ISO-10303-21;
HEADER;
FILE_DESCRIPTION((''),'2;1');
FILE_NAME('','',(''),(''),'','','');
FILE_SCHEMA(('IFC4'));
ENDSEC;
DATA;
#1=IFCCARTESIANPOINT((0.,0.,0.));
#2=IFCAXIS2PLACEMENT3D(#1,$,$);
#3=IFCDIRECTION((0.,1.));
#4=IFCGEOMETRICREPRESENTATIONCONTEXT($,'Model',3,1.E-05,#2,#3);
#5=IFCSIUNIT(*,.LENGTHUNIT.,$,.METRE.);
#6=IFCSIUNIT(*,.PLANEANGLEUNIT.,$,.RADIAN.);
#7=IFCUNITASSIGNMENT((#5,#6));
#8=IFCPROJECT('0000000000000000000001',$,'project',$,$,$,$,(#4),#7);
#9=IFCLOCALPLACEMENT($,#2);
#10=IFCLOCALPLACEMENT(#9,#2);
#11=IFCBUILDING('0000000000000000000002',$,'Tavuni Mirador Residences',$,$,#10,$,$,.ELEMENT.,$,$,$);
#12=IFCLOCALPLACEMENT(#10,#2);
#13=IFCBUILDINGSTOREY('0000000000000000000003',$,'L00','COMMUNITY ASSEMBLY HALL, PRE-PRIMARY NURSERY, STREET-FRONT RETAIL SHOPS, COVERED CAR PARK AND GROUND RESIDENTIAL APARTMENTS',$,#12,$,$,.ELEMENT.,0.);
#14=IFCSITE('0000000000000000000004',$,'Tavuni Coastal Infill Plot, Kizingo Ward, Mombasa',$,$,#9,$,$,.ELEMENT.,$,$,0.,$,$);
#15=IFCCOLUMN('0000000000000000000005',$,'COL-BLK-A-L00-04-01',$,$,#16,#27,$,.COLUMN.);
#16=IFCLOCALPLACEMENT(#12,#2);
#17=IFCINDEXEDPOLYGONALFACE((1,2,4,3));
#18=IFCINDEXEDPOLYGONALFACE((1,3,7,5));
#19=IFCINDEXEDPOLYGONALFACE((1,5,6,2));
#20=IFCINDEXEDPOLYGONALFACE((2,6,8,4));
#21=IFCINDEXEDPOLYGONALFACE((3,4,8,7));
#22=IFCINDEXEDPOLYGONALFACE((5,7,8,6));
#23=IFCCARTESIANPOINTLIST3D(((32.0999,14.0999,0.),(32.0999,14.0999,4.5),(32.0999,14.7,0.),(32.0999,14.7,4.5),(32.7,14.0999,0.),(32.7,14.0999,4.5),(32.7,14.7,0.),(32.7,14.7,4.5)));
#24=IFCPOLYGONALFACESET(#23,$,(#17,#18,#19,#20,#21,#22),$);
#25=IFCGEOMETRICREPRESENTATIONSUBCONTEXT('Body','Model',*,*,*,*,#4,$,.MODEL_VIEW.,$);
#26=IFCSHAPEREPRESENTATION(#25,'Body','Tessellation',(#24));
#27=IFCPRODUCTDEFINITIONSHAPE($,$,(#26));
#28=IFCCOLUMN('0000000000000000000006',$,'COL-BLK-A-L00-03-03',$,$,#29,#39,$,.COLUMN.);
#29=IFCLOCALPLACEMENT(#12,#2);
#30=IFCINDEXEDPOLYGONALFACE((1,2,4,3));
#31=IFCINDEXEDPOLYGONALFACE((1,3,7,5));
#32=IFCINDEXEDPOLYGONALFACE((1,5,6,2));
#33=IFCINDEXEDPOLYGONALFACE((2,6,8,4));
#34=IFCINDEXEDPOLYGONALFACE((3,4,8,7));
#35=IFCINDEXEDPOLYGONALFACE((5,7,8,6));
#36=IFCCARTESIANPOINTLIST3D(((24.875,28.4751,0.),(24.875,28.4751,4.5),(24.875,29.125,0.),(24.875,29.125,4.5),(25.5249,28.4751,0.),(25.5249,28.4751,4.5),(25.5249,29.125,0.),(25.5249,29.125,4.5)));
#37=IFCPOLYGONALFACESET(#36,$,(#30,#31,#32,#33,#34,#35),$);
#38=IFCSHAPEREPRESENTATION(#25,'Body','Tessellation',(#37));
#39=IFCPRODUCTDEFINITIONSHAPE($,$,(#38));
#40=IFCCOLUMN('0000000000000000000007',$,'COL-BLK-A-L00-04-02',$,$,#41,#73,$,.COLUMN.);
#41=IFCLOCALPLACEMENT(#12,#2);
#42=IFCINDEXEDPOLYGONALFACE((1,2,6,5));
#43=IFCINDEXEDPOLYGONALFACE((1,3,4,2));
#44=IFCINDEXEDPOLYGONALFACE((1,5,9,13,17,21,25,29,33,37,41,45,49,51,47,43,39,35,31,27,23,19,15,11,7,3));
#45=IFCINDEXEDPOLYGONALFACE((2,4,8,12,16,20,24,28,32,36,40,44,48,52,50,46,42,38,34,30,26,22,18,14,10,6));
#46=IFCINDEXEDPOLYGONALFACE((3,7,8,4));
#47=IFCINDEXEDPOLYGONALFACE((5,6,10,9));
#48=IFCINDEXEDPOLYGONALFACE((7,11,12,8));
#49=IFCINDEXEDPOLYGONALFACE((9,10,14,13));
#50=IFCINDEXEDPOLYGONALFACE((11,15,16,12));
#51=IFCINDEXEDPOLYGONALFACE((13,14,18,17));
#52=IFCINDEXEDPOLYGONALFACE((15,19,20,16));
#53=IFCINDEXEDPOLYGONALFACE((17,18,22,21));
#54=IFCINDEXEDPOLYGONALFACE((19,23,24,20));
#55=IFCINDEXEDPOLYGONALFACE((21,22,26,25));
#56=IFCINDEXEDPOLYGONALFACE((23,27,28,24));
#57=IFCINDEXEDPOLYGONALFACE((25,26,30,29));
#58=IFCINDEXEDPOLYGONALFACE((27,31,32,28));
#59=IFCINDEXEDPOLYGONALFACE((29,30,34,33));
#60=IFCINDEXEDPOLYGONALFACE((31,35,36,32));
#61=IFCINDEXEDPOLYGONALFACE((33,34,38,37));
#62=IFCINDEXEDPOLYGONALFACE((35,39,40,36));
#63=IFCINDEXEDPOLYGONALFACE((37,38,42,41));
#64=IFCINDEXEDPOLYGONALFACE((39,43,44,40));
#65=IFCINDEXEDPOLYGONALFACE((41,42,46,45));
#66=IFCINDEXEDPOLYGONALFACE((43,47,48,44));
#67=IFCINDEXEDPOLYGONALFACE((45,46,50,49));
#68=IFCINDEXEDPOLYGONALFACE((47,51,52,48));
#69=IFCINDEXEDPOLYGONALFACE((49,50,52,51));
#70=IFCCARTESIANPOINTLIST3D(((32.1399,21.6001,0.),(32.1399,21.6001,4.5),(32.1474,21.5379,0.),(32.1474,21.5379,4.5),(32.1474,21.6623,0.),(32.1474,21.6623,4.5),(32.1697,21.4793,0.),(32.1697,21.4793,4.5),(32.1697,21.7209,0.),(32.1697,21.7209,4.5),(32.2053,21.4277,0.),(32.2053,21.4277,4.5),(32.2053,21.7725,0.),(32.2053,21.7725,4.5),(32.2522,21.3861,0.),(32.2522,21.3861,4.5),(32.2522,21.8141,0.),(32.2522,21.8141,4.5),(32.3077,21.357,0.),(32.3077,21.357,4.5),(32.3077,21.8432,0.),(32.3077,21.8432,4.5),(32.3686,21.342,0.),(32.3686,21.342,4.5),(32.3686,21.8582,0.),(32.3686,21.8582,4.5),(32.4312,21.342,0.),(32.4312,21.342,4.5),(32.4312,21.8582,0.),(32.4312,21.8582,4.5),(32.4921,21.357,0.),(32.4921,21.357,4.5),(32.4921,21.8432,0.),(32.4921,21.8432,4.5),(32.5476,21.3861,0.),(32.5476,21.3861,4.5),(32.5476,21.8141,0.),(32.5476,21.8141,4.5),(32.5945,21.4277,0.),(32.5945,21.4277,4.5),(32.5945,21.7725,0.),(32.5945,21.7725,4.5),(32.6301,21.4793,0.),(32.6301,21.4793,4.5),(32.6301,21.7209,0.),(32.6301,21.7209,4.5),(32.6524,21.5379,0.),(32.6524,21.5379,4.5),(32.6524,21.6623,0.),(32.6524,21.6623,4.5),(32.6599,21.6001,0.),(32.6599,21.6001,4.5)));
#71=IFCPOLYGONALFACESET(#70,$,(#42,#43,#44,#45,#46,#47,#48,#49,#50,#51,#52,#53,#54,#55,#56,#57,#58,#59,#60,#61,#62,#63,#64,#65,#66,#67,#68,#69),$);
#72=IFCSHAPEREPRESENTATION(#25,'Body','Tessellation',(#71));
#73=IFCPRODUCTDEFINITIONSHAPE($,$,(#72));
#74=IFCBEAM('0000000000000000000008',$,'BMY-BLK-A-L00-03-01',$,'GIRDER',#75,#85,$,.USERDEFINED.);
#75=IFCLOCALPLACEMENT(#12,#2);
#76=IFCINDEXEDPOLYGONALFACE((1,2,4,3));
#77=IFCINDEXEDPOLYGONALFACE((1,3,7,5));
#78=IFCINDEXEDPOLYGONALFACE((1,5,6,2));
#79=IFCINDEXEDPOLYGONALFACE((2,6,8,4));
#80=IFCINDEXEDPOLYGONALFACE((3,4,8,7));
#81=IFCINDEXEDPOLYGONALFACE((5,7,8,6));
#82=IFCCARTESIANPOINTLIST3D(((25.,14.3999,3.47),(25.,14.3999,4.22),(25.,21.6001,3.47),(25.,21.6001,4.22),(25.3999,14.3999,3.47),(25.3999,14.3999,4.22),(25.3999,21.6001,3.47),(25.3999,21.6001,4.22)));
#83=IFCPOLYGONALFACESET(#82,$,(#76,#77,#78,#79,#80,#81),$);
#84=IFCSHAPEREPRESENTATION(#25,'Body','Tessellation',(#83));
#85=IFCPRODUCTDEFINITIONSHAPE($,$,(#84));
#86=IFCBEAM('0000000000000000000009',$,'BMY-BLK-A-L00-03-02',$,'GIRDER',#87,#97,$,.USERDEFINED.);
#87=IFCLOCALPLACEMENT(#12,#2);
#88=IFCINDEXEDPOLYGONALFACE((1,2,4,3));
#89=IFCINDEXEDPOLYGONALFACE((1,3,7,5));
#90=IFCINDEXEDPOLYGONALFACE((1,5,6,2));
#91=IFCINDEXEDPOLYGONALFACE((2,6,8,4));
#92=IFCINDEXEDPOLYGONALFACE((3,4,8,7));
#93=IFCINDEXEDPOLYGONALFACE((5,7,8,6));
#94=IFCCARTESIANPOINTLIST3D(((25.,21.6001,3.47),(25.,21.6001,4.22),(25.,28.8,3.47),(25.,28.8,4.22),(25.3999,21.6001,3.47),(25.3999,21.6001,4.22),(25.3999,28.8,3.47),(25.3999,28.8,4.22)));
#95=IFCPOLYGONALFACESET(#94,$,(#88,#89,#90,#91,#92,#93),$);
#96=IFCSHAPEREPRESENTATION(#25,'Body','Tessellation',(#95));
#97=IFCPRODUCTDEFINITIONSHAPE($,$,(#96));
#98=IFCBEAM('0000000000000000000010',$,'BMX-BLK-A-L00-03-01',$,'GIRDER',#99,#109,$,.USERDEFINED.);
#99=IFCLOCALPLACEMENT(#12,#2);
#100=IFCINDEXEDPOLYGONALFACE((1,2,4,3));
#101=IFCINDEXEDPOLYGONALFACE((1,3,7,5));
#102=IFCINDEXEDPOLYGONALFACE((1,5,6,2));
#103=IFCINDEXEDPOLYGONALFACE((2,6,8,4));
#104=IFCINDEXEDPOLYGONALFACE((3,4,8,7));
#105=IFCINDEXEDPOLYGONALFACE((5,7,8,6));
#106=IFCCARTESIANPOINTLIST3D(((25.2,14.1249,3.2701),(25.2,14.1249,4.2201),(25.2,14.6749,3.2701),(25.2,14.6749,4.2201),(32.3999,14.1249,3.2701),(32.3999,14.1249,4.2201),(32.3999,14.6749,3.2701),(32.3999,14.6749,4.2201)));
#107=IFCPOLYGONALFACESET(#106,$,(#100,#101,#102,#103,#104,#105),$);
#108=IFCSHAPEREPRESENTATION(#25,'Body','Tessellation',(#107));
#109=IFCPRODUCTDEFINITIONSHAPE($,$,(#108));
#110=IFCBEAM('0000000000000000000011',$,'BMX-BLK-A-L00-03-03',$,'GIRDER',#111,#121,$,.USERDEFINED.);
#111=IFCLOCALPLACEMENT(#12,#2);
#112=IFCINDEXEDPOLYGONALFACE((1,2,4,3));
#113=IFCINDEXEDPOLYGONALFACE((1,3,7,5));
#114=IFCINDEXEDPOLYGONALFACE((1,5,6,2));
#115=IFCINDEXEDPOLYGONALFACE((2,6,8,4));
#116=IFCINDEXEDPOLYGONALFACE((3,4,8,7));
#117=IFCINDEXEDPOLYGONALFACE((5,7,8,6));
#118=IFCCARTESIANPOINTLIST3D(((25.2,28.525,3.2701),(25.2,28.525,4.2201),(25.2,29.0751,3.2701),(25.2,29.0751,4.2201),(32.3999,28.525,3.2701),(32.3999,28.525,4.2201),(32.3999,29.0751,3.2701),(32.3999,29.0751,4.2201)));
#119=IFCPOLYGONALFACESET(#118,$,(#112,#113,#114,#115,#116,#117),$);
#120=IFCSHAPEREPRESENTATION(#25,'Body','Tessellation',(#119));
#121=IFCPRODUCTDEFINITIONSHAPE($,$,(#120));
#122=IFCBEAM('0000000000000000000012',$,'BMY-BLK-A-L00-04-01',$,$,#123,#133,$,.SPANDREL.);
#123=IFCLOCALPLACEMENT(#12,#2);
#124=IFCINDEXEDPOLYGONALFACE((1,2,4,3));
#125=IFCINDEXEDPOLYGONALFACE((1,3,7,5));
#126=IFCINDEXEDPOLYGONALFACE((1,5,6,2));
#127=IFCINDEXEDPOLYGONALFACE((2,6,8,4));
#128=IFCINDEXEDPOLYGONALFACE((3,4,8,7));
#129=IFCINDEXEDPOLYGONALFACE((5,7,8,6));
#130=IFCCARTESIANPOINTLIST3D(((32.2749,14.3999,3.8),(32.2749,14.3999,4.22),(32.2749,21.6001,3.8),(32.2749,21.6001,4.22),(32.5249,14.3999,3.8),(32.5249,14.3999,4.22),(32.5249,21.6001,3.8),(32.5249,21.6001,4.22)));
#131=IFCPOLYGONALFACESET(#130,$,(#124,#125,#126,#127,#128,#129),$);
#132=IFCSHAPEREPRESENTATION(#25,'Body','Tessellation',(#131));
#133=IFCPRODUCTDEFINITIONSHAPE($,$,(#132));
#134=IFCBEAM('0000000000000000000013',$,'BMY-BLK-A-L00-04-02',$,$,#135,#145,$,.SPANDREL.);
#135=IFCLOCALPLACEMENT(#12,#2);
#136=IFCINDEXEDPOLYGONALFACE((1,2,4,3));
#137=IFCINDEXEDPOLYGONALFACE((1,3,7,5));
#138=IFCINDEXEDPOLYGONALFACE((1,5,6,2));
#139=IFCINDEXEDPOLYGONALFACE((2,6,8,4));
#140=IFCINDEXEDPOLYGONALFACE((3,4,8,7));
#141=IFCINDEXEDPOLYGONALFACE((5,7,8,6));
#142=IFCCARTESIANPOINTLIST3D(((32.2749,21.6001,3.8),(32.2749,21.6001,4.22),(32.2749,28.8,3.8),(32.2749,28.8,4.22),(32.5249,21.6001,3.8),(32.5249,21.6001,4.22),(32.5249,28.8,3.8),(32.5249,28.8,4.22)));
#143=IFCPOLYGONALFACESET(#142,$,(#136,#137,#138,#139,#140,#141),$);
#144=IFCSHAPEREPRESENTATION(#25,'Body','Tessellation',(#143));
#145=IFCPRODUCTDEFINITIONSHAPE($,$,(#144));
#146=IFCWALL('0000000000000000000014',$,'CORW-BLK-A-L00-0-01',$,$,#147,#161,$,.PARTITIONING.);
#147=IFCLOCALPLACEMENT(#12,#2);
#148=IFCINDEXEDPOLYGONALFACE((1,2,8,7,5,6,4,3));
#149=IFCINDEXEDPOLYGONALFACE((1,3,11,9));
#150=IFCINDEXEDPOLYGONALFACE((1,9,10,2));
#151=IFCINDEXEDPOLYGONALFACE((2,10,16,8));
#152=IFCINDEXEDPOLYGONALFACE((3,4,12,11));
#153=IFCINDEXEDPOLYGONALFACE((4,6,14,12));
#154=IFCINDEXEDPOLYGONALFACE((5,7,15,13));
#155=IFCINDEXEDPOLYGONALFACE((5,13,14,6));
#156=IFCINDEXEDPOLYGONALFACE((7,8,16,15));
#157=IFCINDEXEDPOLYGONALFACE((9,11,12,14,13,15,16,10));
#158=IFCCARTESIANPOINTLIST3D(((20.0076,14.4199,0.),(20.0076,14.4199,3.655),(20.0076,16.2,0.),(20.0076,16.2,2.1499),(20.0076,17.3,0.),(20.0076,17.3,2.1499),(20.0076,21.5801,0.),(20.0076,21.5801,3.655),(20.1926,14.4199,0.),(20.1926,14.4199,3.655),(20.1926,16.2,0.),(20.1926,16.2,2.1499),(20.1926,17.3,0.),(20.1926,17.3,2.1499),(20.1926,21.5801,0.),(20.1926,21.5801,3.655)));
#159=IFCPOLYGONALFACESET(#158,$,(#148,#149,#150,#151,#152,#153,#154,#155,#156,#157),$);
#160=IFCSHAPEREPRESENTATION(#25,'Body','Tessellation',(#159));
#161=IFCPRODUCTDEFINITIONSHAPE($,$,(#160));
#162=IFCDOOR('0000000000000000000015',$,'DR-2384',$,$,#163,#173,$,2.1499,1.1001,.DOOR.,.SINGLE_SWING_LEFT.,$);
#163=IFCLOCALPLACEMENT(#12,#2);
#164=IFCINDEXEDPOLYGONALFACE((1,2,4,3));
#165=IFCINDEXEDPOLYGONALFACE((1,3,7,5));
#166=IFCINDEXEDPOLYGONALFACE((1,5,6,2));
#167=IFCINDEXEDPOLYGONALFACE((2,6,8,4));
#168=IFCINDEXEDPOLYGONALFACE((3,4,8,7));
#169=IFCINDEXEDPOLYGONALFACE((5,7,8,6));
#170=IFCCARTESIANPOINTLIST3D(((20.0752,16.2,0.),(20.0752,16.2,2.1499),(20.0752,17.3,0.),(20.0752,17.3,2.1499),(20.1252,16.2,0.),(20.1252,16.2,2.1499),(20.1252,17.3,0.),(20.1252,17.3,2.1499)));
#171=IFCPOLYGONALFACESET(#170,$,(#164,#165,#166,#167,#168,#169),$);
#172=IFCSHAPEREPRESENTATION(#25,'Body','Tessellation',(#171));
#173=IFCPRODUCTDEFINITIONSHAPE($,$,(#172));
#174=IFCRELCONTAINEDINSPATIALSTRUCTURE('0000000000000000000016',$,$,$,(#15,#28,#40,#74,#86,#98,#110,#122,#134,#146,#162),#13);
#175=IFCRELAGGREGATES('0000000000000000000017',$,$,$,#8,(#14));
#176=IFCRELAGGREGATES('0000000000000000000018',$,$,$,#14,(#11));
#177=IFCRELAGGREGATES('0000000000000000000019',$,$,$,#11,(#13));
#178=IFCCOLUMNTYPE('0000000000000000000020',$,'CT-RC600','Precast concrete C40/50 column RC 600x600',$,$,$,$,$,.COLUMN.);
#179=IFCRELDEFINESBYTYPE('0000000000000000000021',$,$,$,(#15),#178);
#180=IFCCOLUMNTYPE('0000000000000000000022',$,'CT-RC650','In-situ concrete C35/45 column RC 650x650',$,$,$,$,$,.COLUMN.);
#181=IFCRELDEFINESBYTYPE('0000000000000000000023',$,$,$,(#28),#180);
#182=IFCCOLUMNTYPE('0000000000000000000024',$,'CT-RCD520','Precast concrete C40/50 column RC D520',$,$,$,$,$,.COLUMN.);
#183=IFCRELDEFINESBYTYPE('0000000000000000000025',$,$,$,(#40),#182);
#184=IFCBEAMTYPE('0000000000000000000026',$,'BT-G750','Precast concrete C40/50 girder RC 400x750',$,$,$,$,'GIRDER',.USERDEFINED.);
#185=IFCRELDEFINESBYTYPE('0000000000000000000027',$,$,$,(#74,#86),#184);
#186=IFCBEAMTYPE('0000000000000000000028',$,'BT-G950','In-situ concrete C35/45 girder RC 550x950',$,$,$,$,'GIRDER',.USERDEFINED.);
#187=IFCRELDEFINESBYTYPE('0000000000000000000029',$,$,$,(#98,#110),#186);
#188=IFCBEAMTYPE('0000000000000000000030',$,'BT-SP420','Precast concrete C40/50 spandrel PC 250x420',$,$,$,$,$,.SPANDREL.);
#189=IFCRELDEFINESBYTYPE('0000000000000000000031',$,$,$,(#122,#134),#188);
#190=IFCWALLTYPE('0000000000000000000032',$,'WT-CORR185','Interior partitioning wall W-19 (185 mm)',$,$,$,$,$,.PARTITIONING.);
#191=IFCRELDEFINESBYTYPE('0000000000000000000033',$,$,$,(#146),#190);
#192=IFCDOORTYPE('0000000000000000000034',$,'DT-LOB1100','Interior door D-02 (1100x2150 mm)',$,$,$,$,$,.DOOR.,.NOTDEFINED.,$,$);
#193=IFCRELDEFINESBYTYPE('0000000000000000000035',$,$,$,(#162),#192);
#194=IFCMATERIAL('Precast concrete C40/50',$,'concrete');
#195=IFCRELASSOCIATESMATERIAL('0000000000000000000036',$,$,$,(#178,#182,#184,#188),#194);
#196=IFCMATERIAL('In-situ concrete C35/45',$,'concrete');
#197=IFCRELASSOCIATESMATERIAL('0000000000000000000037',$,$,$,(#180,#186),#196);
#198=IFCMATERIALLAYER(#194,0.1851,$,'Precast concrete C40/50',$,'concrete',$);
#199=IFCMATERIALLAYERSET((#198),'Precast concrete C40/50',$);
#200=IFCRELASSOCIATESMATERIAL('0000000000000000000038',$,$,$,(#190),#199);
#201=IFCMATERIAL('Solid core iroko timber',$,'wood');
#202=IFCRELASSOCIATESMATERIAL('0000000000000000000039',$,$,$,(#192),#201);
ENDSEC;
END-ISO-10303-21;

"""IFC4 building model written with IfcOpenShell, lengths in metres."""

from ifc_helpers import new_model, si_unit, direction, frame, frame_2d, origin, origin_2d, place, context, subcontext, project, spatial, rectangle, circle, extrude, material, layer, layer_set, material_profile, profile_set, type_object, element, fill, save


model = new_model("IFC4")

# Units and contexts
model_context = context("Model", 3, precision=1e-05, world=origin(), true_north=direction((0.0, 1.0)))
body_context = subcontext(model_context, "Body", "Model", "MODEL_VIEW")
ifc_project = project(units=[si_unit("LENGTHUNIT", "METRE"), si_unit("PLANEANGLEUNIT", "RADIAN")], contexts=[model_context])

# Site, building, storey
site_placement = place(None, origin())
site = spatial("IfcSite", under=ifc_project, at=site_placement, Name="Tavuni Coastal Infill Plot, Kizingo Ward, Mombasa", CompositionType="ELEMENT", RefElevation=0.0)
building_placement = place(site_placement, origin())
building = spatial("IfcBuilding", under=site, at=building_placement, Name="Tavuni Mirador Residences", CompositionType="ELEMENT")
storey_placement = place(building_placement, origin())
storey = spatial("IfcBuildingStorey", under=building, at=storey_placement, Name="L00", Description="COMMUNITY ASSEMBLY HALL, PRE-PRIMARY NURSERY, STREET-FRONT RETAIL SHOPS, COVERED CAR PARK AND GROUND RESIDENTIAL APARTMENTS", CompositionType="ELEMENT", Elevation=0.0)

# Columns
ifc_material_1 = material(Name="Precast concrete C40/50", Category="concrete")
ifc_material_profile_1 = material_profile(ifc_material_1, rectangle(XDim=0.6001, YDim=0.6001, at=origin_2d()), Name="RC 600x600", Category="concrete")
ifc_profile_set_1 = profile_set([ifc_material_profile_1], Name="Precast concrete C40/50")
column_type_1 = type_object("IfcColumnType", Name="CT-RC600", Description="Precast concrete C40/50 column RC 600x600", PredefinedType="COLUMN", material=ifc_profile_set_1)
column_1_placement = place(storey_placement, frame((32.3999, 14.3999, 0.0), z_axis=(0.0, 0.0, 1.0), x_axis=(1.0, 0.0, 0.0)))
element("IfcColumn", 1, at=column_1_placement, inside=storey, type_object=column_type_1, Name="COL-BLK-A-L00-04-01", PredefinedType="COLUMN", context=body_context, shape_type="SweptSolid", body=[
    extrude(rectangle(XDim=0.6001, YDim=0.6001, at=origin_2d()), origin(), (0.0, 0.0, 1.0), 4.5),
])
ifc_material_2 = material(Name="In-situ concrete C35/45", Category="concrete")
ifc_material_profile_2 = material_profile(ifc_material_2, rectangle(XDim=0.6499, YDim=0.6499, at=origin_2d()), Name="RC 650x650", Category="concrete")
ifc_profile_set_2 = profile_set([ifc_material_profile_2], Name="In-situ concrete C35/45")
column_type_2 = type_object("IfcColumnType", Name="CT-RC650", Description="In-situ concrete C35/45 column RC 650x650", PredefinedType="COLUMN", material=ifc_profile_set_2)
column_2_placement = place(storey_placement, frame((25.2, 28.8, 0.0), z_axis=(0.0, 0.0, 1.0), x_axis=(1.0, 0.0, 0.0)))
element("IfcColumn", 2, at=column_2_placement, inside=storey, type_object=column_type_2, Name="COL-BLK-A-L00-03-03", PredefinedType="COLUMN", context=body_context, shape_type="SweptSolid", body=[
    extrude(rectangle(XDim=0.6499, YDim=0.6499, at=origin_2d()), origin(), (0.0, 0.0, 1.0), 4.5),
])
ifc_material_profile_3 = material_profile(ifc_material_1, circle(Radius=0.26, at=origin_2d()), Name="RC D520", Category="concrete")
ifc_profile_set_3 = profile_set([ifc_material_profile_3], Name="Precast concrete C40/50")
column_type_3 = type_object("IfcColumnType", Name="CT-RCD520", Description="Precast concrete C40/50 column RC D520", PredefinedType="COLUMN", material=ifc_profile_set_3)
column_3_placement = place(storey_placement, frame((32.3999, 21.6001, 0.0), z_axis=(0.0, 0.0, 1.0), x_axis=(1.0, 0.0, 0.0)))
element("IfcColumn", 3, at=column_3_placement, inside=storey, type_object=column_type_3, Name="COL-BLK-A-L00-04-02", PredefinedType="COLUMN", context=body_context, shape_type="SweptSolid", body=[
    extrude(circle(Radius=0.26, at=origin_2d()), origin(), (0.0, 0.0, 1.0), 4.5),
])

# Beams
ifc_material_profile_4 = material_profile(ifc_material_1, rectangle(XDim=0.3999, YDim=0.75, at=origin_2d()), Name="RC 400x750", Category="concrete")
ifc_profile_set_4 = profile_set([ifc_material_profile_4], Name="Precast concrete C40/50")
beam_type_1 = type_object("IfcBeamType", Name="BT-G750", Description="Precast concrete C40/50 girder RC 400x750", ElementType="GIRDER", PredefinedType="USERDEFINED", material=ifc_profile_set_4)
beam_1_placement = place(storey_placement, frame((25.2, 14.3999, 3.845), z_axis=(0.0, 1.0, 0.0), x_axis=(-1.0, 0.0, 0.0)))
element("IfcBeam", 4, at=beam_1_placement, inside=storey, type_object=beam_type_1, Name="BMY-BLK-A-L00-03-01", ObjectType="GIRDER", PredefinedType="USERDEFINED", context=body_context, shape_type="SweptSolid", body=[
    extrude(rectangle(XDim=0.3999, YDim=0.75, at=origin_2d()), origin(), (0.0, 0.0, 1.0), 7.2002),
])
beam_2_placement = place(storey_placement, frame((25.2, 21.6001, 3.845), z_axis=(0.0, 1.0, 0.0), x_axis=(-1.0, 0.0, 0.0)))
element("IfcBeam", 5, at=beam_2_placement, inside=storey, type_object=beam_type_1, Name="BMY-BLK-A-L00-03-02", ObjectType="GIRDER", PredefinedType="USERDEFINED", context=body_context, shape_type="SweptSolid", body=[
    extrude(rectangle(XDim=0.3999, YDim=0.75, at=origin_2d()), origin(), (0.0, 0.0, 1.0), 7.2),
])
ifc_material_profile_5 = material_profile(ifc_material_2, rectangle(XDim=0.55, YDim=0.95, at=origin_2d()), Name="RC 550x950", Category="concrete")
ifc_profile_set_5 = profile_set([ifc_material_profile_5], Name="In-situ concrete C35/45")
beam_type_2 = type_object("IfcBeamType", Name="BT-G950", Description="In-situ concrete C35/45 girder RC 550x950", ElementType="GIRDER", PredefinedType="USERDEFINED", material=ifc_profile_set_5)
for number, where, z_axis, x_axis, name in (
    (6, (25.2, 14.3999, 3.7451), (1.0, 0.0, 0.0), (0.0, 1.0, 0.0), "BMX-BLK-A-L00-03-01"),
    (7, (25.2, 28.8, 3.7451), (1.0, 0.0, 0.0), (0.0, 1.0, 0.0), "BMX-BLK-A-L00-03-03"),
):
    element("IfcBeam", number, at=place(storey_placement, frame(where, z_axis=z_axis, x_axis=x_axis)), inside=storey, type_object=beam_type_2, Name=name, ObjectType="GIRDER", PredefinedType="USERDEFINED", context=body_context, shape_type="SweptSolid", body=[
        extrude(rectangle(XDim=0.55, YDim=0.95, at=origin_2d()), origin(), (0.0, 0.0, 1.0), 7.2),
    ])
ifc_material_profile_6 = material_profile(ifc_material_1, rectangle(XDim=0.25, YDim=0.4199, at=origin_2d()), Name="PC 250x420", Category="concrete")
ifc_profile_set_6 = profile_set([ifc_material_profile_6], Name="Precast concrete C40/50")
beam_type_3 = type_object("IfcBeamType", Name="BT-SP420", Description="Precast concrete C40/50 spandrel PC 250x420", PredefinedType="SPANDREL", material=ifc_profile_set_6)
beam_3_placement = place(storey_placement, frame((32.3999, 14.3999, 4.01), z_axis=(0.0, 1.0, 0.0), x_axis=(-1.0, 0.0, 0.0)))
element("IfcBeam", 8, at=beam_3_placement, inside=storey, type_object=beam_type_3, Name="BMY-BLK-A-L00-04-01", PredefinedType="SPANDREL", context=body_context, shape_type="SweptSolid", body=[
    extrude(rectangle(XDim=0.25, YDim=0.4199, at=origin_2d()), origin(), (0.0, 0.0, 1.0), 7.2002),
])
beam_4_placement = place(storey_placement, frame((32.3999, 21.6001, 4.01), z_axis=(0.0, 1.0, 0.0), x_axis=(-1.0, 0.0, 0.0)))
element("IfcBeam", 9, at=beam_4_placement, inside=storey, type_object=beam_type_3, Name="BMY-BLK-A-L00-04-02", PredefinedType="SPANDREL", context=body_context, shape_type="SweptSolid", body=[
    extrude(rectangle(XDim=0.25, YDim=0.4199, at=origin_2d()), origin(), (0.0, 0.0, 1.0), 7.2),
])

# Wall, opening, door
ifc_layer_1 = layer(ifc_material_1, 0.1851, Name="Precast concrete C40/50", Category="concrete")
ifc_layer_set_1 = layer_set([ifc_layer_1], Name="Precast concrete C40/50")
wall_type_1 = type_object("IfcWallType", Name="WT-CORR185", Description="Interior partitioning wall W-19 (185 mm)", PredefinedType="PARTITIONING", material=ifc_layer_set_1)
wall_1_placement = place(storey_placement, frame((20.1001, 14.4199, 0.0), z_axis=(0.0, 0.0, 1.0), x_axis=(0.0, 1.0, 0.0)))
wall_1 = element("IfcWall", 10, at=wall_1_placement, inside=storey, type_object=wall_type_1, Name="CORW-BLK-A-L00-0-01", PredefinedType="PARTITIONING", context=body_context, shape_type="SweptSolid", body=[
    extrude(rectangle(XDim=7.1602, YDim=0.1851, at=frame_2d((3.5801, 0.0))), origin(), (0.0, 0.0, 1.0), 3.655),
])
opening_1_placement = place(wall_1_placement, frame((1.78, 0.0, 0.0)))
opening_1 = element("IfcOpeningElement", 11, at=opening_1_placement, cuts=wall_1, PredefinedType="OPENING", context=body_context, shape_type="SweptSolid", body=[
    extrude(rectangle(XDim=1.1001, YDim=2.1499, at=frame_2d((0.55, 1.075))), frame((0.0, 0.1025, 0.0), z_axis=(0.0, -1.0, 0.0), x_axis=(1.0, 0.0, 0.0)), (0.0, 0.0, 1.0), 0.2051),
])
ifc_material_3 = material(Name="Solid core iroko timber", Category="wood")
door_type = type_object("IfcDoorType", Name="DT-LOB1100", Description="Interior door D-02 (1100x2150 mm)", OperationType="NOTDEFINED", PredefinedType="DOOR", material=ifc_material_3)
door_1_placement = place(opening_1_placement, origin())
door_1 = element("IfcDoor", 12, at=door_1_placement, inside=storey, type_object=door_type, Name="DR-2384", OperationType="SINGLE_SWING_LEFT", OverallHeight=2.1499, OverallWidth=1.1001, PredefinedType="DOOR", context=body_context, shape_type="SweptSolid", body=[
    extrude(rectangle(XDim=1.1001, YDim=2.1499, at=frame_2d((0.55, 1.075))), frame((0.0, 0.0249, 0.0), z_axis=(0.0, -1.0, 0.0), x_axis=(1.0, 0.0, 0.0)), (0.0, 0.0, 1.0), 0.05),
])
fill(opening_1, door_1)

save(model, "model.ifc")
